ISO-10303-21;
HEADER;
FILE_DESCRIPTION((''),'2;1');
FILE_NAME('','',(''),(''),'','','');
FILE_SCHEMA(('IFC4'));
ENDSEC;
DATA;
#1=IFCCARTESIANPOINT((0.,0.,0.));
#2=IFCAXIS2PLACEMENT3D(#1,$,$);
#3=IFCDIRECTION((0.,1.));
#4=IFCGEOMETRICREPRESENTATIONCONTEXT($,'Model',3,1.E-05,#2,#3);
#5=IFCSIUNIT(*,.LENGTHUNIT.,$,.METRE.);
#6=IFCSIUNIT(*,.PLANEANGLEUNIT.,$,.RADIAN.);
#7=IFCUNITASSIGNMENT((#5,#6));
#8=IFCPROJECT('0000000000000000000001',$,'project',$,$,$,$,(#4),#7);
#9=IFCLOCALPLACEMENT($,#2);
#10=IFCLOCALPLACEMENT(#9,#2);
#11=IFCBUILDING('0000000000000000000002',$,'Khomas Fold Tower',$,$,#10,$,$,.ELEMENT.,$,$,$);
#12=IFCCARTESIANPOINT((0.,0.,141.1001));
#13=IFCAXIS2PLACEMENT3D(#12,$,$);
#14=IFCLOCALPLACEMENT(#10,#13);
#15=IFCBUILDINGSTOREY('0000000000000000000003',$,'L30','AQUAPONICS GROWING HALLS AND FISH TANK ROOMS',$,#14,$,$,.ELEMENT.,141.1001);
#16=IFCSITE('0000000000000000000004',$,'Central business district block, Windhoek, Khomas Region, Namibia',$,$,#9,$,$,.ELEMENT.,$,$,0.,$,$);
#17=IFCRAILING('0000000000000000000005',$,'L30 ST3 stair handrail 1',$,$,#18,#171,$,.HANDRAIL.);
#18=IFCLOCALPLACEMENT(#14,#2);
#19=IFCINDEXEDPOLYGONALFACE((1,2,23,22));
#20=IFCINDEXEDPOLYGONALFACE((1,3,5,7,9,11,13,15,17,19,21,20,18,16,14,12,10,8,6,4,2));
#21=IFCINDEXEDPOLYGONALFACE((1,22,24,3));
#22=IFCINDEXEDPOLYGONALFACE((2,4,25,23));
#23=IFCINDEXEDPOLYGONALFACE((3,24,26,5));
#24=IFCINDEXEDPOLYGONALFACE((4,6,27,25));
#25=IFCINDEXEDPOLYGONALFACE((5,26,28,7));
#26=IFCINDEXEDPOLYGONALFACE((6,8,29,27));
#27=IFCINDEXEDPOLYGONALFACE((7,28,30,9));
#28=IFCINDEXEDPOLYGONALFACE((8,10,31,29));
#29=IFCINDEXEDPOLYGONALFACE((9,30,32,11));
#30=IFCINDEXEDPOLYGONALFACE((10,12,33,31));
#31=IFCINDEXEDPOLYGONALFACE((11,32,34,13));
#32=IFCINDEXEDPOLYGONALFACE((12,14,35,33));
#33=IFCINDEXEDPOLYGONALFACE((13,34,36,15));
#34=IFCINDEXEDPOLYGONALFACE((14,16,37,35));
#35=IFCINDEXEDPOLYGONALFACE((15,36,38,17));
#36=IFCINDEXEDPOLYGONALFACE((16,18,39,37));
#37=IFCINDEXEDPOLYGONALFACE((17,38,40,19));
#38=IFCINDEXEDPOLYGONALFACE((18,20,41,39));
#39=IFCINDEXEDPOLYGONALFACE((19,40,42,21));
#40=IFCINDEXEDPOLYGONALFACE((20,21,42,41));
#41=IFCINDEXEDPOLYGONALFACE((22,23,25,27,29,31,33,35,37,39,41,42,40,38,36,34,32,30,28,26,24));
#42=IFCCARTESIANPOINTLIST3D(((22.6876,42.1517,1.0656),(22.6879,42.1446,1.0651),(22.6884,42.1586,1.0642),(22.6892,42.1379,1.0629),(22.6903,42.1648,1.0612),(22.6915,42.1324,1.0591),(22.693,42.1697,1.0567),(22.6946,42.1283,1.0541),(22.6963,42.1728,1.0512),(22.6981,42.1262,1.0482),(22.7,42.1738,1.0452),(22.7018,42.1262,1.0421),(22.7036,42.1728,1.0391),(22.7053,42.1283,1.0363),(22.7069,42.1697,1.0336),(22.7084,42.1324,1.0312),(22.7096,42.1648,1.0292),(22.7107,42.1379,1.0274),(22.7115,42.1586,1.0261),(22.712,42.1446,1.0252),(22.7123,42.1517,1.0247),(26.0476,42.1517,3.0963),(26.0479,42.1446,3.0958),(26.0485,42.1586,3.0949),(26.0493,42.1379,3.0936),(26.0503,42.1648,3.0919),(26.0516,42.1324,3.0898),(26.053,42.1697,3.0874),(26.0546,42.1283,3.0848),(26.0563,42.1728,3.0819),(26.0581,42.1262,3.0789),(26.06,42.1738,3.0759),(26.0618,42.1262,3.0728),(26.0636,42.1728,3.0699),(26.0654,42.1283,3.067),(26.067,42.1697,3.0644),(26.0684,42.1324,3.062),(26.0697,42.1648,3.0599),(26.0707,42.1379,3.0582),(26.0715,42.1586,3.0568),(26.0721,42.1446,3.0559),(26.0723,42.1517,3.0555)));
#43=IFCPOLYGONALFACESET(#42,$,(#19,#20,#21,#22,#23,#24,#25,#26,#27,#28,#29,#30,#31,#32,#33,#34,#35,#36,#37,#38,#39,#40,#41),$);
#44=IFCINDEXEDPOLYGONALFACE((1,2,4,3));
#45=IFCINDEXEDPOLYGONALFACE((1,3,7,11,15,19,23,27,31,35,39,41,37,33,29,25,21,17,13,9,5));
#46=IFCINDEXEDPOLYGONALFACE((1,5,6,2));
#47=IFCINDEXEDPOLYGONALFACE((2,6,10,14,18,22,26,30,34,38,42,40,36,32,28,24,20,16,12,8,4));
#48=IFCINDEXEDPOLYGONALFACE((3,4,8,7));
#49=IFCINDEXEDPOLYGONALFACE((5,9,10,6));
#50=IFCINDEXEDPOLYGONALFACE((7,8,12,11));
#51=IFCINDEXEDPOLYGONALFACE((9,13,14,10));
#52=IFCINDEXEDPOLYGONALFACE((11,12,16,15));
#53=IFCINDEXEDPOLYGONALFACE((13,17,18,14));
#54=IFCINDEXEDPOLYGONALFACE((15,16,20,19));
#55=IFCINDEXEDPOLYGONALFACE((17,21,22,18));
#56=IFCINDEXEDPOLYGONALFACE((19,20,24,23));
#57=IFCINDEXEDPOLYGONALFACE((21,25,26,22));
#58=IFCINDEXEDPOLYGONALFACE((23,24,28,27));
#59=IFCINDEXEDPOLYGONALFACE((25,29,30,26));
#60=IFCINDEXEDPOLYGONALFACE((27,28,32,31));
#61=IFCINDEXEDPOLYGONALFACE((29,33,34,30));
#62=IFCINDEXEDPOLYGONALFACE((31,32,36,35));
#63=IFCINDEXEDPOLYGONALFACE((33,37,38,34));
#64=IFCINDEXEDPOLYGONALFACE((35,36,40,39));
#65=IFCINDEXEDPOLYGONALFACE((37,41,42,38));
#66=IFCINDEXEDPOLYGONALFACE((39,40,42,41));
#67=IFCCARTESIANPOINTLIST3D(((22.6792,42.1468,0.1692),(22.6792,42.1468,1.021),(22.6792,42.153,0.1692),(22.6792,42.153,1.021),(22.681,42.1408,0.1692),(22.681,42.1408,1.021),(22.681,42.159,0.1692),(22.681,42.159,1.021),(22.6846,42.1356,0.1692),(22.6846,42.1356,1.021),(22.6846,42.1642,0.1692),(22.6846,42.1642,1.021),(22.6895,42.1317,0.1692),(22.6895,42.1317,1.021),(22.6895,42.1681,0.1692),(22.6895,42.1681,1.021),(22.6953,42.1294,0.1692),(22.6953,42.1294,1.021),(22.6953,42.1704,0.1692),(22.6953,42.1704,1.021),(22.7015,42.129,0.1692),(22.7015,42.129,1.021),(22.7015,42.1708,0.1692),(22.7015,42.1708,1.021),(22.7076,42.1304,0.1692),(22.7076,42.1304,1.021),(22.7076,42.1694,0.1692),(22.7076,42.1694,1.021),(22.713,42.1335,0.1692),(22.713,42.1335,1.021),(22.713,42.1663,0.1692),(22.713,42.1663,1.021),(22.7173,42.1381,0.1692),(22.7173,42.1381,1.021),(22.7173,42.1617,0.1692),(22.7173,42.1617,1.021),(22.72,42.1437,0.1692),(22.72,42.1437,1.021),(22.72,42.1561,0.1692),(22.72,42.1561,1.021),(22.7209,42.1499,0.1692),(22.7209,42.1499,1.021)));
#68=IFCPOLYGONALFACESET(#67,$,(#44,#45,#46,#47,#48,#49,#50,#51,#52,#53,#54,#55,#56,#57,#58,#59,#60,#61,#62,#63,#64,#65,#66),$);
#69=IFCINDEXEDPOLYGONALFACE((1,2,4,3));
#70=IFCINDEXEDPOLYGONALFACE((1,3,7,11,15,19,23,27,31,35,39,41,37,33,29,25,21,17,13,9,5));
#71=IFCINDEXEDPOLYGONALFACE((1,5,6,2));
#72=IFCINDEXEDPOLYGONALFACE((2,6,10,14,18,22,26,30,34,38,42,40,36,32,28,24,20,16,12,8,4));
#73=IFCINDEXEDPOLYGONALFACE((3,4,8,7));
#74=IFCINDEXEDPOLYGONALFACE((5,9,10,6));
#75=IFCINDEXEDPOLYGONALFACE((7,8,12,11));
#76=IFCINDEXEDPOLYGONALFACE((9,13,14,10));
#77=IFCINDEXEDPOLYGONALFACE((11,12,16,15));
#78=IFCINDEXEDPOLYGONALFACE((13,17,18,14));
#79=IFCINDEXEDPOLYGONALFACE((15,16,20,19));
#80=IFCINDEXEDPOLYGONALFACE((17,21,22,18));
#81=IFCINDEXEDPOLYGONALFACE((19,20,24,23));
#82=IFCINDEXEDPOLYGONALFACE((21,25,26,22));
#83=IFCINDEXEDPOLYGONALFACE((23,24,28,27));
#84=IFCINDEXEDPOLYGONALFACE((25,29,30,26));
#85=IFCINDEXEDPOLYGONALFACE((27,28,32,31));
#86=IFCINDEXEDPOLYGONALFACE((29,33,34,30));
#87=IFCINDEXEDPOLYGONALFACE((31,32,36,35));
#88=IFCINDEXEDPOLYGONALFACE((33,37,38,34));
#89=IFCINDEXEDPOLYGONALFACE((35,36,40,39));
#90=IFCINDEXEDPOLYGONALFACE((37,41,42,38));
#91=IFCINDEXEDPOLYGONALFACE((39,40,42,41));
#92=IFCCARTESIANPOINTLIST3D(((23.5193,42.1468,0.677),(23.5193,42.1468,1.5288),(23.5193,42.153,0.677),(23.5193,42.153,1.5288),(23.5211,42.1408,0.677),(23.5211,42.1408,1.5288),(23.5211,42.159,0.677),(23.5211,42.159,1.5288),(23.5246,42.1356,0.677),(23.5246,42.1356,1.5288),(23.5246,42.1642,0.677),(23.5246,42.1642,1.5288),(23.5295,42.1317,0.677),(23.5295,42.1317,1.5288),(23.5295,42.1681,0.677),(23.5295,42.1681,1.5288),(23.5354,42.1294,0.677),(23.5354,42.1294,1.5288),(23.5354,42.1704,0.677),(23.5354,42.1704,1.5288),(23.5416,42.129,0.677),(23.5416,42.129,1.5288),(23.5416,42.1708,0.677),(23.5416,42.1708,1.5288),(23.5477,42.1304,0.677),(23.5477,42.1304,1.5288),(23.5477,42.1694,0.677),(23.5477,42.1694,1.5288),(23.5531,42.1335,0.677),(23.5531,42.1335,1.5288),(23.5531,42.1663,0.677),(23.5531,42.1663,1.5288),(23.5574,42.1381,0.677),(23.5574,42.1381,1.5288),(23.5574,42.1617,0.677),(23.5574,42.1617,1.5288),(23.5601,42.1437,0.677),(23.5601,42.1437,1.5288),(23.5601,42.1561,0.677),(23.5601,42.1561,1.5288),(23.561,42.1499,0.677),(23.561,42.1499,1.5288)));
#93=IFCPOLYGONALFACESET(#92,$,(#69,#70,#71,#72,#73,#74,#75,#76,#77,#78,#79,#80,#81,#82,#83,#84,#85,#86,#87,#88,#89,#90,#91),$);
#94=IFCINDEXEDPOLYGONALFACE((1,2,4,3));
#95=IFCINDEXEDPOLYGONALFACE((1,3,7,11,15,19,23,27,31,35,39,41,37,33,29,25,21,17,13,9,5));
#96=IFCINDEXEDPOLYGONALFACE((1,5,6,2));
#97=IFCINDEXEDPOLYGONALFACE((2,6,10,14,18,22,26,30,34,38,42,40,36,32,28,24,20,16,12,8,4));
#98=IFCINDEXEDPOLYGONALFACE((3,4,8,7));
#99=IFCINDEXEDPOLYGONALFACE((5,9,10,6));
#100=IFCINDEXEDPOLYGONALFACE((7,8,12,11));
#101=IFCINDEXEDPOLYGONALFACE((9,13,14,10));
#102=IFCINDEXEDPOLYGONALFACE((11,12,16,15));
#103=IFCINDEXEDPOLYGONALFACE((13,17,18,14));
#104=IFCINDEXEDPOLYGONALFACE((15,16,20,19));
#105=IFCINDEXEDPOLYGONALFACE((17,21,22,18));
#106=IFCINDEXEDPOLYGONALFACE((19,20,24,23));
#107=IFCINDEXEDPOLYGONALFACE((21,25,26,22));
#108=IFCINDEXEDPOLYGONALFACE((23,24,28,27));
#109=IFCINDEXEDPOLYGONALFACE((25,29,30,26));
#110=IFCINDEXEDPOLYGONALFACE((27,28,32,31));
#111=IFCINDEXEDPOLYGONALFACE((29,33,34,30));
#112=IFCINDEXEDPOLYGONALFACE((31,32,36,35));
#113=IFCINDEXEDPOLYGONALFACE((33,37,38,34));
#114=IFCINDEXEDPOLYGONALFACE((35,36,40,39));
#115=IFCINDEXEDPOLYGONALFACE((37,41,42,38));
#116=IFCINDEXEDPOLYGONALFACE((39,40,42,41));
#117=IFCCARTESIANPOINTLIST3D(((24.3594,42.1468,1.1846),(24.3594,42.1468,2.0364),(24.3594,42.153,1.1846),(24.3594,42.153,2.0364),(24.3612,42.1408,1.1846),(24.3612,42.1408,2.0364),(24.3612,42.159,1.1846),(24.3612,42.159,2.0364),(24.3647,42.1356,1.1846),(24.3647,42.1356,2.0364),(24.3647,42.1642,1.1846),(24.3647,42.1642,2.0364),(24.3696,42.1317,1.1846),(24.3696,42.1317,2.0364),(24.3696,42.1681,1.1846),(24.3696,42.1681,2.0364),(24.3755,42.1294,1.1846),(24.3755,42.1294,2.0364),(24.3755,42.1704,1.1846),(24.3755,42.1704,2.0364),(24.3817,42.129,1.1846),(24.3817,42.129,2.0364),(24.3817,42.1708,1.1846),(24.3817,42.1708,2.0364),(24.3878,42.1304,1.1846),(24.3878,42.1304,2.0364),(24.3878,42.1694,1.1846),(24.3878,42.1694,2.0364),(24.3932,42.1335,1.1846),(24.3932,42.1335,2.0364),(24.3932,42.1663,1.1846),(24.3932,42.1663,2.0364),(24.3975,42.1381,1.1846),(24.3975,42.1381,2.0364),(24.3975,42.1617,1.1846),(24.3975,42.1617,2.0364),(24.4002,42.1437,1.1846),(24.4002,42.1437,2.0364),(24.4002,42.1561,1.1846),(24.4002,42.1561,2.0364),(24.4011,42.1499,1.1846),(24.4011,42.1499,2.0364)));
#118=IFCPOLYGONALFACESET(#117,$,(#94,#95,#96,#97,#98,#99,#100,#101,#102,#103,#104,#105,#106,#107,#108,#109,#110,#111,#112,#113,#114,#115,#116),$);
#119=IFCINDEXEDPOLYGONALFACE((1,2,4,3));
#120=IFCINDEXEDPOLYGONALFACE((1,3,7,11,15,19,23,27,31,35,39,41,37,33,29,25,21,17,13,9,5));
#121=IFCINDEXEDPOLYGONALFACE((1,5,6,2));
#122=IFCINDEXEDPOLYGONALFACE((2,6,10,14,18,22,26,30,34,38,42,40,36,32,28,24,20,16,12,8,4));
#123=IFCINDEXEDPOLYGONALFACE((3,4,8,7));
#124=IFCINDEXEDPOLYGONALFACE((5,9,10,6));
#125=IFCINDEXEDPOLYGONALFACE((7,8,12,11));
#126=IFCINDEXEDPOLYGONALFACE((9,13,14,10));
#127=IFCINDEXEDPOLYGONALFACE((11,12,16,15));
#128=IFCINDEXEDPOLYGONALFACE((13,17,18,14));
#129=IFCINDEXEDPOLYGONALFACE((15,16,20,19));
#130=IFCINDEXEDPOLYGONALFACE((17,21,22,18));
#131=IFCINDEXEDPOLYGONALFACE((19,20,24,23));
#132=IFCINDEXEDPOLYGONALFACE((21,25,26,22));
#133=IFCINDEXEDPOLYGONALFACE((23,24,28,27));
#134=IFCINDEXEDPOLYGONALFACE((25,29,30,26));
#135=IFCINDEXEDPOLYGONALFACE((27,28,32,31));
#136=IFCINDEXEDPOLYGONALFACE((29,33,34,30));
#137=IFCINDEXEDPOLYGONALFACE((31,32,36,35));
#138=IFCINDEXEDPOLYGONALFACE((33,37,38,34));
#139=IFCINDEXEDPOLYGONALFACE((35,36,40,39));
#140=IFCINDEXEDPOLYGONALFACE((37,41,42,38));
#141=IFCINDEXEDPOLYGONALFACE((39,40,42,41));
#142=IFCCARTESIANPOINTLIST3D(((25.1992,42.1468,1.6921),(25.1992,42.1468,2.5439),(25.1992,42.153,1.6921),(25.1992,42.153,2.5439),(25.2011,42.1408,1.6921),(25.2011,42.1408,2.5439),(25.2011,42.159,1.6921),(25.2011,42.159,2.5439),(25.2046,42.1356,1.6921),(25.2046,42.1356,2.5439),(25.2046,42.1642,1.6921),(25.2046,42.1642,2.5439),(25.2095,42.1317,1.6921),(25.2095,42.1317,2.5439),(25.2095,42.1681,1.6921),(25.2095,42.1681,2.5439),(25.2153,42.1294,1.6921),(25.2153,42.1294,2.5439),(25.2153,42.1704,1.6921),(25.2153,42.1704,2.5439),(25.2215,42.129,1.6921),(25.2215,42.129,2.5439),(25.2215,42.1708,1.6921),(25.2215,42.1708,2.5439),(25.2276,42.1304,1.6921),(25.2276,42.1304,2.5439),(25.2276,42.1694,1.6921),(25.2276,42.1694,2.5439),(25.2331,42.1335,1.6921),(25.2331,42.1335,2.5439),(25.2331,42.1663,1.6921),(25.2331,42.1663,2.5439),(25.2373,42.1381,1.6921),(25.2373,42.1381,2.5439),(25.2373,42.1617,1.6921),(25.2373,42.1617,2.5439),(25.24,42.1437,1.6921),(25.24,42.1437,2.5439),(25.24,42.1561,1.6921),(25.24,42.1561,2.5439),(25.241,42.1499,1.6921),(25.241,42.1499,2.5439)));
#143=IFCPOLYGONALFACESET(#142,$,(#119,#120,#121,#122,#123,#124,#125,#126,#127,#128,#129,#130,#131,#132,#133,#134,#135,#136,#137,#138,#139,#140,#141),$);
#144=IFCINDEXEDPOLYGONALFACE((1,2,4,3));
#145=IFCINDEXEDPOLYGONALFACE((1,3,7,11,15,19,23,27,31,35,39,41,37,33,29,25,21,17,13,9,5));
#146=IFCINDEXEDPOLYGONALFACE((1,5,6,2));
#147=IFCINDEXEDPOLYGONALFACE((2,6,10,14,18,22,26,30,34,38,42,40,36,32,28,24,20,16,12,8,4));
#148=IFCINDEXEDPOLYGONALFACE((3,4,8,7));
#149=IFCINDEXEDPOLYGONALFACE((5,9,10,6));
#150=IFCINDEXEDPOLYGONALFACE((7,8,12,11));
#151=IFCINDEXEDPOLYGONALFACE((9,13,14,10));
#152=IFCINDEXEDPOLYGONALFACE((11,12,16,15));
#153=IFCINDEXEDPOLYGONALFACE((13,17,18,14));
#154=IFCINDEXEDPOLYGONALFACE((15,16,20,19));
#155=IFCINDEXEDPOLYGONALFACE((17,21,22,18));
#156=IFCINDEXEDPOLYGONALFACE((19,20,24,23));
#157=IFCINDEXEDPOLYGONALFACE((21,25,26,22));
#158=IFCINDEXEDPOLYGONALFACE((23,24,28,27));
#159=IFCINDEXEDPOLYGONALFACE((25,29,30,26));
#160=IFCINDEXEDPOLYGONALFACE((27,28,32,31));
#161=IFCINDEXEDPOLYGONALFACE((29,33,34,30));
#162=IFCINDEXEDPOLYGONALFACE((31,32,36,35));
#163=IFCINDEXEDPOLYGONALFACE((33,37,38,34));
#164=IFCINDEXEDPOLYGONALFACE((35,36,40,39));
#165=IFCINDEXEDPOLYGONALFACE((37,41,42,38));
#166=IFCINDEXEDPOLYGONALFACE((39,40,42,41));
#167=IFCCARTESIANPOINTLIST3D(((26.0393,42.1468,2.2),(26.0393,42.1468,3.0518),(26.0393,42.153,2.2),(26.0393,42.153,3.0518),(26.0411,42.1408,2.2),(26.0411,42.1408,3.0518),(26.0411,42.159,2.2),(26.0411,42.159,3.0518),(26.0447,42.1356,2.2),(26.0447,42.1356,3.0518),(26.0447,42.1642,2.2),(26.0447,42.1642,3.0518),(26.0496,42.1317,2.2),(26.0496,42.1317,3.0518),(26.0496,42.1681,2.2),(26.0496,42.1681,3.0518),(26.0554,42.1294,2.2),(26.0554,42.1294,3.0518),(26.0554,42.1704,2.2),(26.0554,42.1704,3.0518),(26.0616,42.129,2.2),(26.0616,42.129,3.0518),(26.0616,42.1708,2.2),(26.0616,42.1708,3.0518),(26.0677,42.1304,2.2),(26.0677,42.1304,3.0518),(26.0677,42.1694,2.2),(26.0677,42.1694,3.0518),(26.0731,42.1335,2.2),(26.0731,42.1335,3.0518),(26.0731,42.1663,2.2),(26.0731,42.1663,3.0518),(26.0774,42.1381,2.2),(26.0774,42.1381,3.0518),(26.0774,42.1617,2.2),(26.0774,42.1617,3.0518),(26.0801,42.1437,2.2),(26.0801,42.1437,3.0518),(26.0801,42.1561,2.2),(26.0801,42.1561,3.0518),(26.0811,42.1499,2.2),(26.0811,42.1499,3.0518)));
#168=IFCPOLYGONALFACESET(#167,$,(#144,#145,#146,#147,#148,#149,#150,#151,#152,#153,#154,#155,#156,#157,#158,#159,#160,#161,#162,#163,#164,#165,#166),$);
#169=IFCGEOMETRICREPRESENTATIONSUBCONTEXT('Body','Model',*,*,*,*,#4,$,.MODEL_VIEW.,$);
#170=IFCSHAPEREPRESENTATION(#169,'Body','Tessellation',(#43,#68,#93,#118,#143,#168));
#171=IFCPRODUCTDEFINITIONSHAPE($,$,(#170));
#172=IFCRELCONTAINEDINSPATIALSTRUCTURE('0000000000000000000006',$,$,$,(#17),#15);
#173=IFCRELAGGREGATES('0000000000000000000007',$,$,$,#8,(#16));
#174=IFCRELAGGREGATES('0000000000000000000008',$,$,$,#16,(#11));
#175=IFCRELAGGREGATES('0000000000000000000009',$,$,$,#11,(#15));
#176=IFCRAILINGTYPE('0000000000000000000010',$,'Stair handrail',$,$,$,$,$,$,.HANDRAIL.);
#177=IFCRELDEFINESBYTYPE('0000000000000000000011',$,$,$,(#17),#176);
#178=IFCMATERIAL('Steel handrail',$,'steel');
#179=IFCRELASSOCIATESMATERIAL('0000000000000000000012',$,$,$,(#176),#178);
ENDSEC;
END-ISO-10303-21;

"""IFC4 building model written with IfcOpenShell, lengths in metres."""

from ifc_helpers import new_model, si_unit, direction, frame, origin, origin_2d, place, context, subcontext, project, spatial, circle, extrude, source, transform, mapped, material, type_object, element, save


model = new_model("IFC4")

# Units and contexts
model_context = context("Model", 3, precision=1e-05, world=origin(), true_north=direction((0.0, 1.0)))
body_context = subcontext(model_context, "Body", "Model", "MODEL_VIEW")
ifc_project = project(units=[si_unit("LENGTHUNIT", "METRE"), si_unit("PLANEANGLEUNIT", "RADIAN")], contexts=[model_context])

# Site, building, storey
site_placement = place(None, origin())
site = spatial("IfcSite", under=ifc_project, at=site_placement, Name="Central business district block, Windhoek, Khomas Region, Namibia", CompositionType="ELEMENT", RefElevation=0.0)
building_placement = place(site_placement, origin())
building = spatial("IfcBuilding", under=site, at=building_placement, Name="Khomas Fold Tower", CompositionType="ELEMENT")
storey_placement = place(building_placement, frame((0.0, 0.0, 141.1001)))
storey = spatial("IfcBuildingStorey", under=building, at=storey_placement, Name="L30", Description="AQUAPONICS GROWING HALLS AND FISH TANK ROOMS", CompositionType="ELEMENT", Elevation=141.1001)

# Railing
ifc_material_1 = material(Name="Steel handrail", Category="steel")
railing_type_1 = type_object("IfcRailingType", Name="Stair handrail", PredefinedType="HANDRAIL", material=ifc_material_1)
shared_shape_1 = source(origin(), body_context, "Body", "SweptSolid", [
    extrude(circle(Radius=0.0239, at=origin_2d()), frame((0.0, 0.0, 0.876), z_axis=(0.855837, 0.0, 0.517246), x_axis=(0.0, 1.0, 0.0)), (0.0, 0.0, 1.0), 3.926),
    extrude(circle(Radius=0.021, at=origin_2d()), origin(), (0.0, 0.0, 1.0), 0.8518),
    extrude(circle(Radius=0.021, at=origin_2d()), frame((0.8401, 0.0, 0.5078)), (0.0, 0.0, 1.0), 0.8518),
    extrude(circle(Radius=0.021, at=origin_2d()), frame((1.6802, 0.0, 1.0154)), (0.0, 0.0, 1.0), 0.8518),
    extrude(circle(Radius=0.021, at=origin_2d()), frame((2.52, 0.0, 1.5229)), (0.0, 0.0, 1.0), 0.8518),
    extrude(circle(Radius=0.021, at=origin_2d()), frame((3.3601, 0.0, 2.0308)), (0.0, 0.0, 1.0), 0.8518),
])
railing_1_placement = place(storey_placement, frame((22.7, 42.1499, 0.1692)))
element("IfcRailing", 1, at=railing_1_placement, inside=storey, type_object=railing_type_1, Name="L30 ST3 stair handrail 1", PredefinedType="HANDRAIL", context=body_context, shape_type="MappedRepresentation", body=[
    mapped(shared_shape_1, transform((0.0, 0.0, 0.0))),
])

save(model, "model.ifc")
